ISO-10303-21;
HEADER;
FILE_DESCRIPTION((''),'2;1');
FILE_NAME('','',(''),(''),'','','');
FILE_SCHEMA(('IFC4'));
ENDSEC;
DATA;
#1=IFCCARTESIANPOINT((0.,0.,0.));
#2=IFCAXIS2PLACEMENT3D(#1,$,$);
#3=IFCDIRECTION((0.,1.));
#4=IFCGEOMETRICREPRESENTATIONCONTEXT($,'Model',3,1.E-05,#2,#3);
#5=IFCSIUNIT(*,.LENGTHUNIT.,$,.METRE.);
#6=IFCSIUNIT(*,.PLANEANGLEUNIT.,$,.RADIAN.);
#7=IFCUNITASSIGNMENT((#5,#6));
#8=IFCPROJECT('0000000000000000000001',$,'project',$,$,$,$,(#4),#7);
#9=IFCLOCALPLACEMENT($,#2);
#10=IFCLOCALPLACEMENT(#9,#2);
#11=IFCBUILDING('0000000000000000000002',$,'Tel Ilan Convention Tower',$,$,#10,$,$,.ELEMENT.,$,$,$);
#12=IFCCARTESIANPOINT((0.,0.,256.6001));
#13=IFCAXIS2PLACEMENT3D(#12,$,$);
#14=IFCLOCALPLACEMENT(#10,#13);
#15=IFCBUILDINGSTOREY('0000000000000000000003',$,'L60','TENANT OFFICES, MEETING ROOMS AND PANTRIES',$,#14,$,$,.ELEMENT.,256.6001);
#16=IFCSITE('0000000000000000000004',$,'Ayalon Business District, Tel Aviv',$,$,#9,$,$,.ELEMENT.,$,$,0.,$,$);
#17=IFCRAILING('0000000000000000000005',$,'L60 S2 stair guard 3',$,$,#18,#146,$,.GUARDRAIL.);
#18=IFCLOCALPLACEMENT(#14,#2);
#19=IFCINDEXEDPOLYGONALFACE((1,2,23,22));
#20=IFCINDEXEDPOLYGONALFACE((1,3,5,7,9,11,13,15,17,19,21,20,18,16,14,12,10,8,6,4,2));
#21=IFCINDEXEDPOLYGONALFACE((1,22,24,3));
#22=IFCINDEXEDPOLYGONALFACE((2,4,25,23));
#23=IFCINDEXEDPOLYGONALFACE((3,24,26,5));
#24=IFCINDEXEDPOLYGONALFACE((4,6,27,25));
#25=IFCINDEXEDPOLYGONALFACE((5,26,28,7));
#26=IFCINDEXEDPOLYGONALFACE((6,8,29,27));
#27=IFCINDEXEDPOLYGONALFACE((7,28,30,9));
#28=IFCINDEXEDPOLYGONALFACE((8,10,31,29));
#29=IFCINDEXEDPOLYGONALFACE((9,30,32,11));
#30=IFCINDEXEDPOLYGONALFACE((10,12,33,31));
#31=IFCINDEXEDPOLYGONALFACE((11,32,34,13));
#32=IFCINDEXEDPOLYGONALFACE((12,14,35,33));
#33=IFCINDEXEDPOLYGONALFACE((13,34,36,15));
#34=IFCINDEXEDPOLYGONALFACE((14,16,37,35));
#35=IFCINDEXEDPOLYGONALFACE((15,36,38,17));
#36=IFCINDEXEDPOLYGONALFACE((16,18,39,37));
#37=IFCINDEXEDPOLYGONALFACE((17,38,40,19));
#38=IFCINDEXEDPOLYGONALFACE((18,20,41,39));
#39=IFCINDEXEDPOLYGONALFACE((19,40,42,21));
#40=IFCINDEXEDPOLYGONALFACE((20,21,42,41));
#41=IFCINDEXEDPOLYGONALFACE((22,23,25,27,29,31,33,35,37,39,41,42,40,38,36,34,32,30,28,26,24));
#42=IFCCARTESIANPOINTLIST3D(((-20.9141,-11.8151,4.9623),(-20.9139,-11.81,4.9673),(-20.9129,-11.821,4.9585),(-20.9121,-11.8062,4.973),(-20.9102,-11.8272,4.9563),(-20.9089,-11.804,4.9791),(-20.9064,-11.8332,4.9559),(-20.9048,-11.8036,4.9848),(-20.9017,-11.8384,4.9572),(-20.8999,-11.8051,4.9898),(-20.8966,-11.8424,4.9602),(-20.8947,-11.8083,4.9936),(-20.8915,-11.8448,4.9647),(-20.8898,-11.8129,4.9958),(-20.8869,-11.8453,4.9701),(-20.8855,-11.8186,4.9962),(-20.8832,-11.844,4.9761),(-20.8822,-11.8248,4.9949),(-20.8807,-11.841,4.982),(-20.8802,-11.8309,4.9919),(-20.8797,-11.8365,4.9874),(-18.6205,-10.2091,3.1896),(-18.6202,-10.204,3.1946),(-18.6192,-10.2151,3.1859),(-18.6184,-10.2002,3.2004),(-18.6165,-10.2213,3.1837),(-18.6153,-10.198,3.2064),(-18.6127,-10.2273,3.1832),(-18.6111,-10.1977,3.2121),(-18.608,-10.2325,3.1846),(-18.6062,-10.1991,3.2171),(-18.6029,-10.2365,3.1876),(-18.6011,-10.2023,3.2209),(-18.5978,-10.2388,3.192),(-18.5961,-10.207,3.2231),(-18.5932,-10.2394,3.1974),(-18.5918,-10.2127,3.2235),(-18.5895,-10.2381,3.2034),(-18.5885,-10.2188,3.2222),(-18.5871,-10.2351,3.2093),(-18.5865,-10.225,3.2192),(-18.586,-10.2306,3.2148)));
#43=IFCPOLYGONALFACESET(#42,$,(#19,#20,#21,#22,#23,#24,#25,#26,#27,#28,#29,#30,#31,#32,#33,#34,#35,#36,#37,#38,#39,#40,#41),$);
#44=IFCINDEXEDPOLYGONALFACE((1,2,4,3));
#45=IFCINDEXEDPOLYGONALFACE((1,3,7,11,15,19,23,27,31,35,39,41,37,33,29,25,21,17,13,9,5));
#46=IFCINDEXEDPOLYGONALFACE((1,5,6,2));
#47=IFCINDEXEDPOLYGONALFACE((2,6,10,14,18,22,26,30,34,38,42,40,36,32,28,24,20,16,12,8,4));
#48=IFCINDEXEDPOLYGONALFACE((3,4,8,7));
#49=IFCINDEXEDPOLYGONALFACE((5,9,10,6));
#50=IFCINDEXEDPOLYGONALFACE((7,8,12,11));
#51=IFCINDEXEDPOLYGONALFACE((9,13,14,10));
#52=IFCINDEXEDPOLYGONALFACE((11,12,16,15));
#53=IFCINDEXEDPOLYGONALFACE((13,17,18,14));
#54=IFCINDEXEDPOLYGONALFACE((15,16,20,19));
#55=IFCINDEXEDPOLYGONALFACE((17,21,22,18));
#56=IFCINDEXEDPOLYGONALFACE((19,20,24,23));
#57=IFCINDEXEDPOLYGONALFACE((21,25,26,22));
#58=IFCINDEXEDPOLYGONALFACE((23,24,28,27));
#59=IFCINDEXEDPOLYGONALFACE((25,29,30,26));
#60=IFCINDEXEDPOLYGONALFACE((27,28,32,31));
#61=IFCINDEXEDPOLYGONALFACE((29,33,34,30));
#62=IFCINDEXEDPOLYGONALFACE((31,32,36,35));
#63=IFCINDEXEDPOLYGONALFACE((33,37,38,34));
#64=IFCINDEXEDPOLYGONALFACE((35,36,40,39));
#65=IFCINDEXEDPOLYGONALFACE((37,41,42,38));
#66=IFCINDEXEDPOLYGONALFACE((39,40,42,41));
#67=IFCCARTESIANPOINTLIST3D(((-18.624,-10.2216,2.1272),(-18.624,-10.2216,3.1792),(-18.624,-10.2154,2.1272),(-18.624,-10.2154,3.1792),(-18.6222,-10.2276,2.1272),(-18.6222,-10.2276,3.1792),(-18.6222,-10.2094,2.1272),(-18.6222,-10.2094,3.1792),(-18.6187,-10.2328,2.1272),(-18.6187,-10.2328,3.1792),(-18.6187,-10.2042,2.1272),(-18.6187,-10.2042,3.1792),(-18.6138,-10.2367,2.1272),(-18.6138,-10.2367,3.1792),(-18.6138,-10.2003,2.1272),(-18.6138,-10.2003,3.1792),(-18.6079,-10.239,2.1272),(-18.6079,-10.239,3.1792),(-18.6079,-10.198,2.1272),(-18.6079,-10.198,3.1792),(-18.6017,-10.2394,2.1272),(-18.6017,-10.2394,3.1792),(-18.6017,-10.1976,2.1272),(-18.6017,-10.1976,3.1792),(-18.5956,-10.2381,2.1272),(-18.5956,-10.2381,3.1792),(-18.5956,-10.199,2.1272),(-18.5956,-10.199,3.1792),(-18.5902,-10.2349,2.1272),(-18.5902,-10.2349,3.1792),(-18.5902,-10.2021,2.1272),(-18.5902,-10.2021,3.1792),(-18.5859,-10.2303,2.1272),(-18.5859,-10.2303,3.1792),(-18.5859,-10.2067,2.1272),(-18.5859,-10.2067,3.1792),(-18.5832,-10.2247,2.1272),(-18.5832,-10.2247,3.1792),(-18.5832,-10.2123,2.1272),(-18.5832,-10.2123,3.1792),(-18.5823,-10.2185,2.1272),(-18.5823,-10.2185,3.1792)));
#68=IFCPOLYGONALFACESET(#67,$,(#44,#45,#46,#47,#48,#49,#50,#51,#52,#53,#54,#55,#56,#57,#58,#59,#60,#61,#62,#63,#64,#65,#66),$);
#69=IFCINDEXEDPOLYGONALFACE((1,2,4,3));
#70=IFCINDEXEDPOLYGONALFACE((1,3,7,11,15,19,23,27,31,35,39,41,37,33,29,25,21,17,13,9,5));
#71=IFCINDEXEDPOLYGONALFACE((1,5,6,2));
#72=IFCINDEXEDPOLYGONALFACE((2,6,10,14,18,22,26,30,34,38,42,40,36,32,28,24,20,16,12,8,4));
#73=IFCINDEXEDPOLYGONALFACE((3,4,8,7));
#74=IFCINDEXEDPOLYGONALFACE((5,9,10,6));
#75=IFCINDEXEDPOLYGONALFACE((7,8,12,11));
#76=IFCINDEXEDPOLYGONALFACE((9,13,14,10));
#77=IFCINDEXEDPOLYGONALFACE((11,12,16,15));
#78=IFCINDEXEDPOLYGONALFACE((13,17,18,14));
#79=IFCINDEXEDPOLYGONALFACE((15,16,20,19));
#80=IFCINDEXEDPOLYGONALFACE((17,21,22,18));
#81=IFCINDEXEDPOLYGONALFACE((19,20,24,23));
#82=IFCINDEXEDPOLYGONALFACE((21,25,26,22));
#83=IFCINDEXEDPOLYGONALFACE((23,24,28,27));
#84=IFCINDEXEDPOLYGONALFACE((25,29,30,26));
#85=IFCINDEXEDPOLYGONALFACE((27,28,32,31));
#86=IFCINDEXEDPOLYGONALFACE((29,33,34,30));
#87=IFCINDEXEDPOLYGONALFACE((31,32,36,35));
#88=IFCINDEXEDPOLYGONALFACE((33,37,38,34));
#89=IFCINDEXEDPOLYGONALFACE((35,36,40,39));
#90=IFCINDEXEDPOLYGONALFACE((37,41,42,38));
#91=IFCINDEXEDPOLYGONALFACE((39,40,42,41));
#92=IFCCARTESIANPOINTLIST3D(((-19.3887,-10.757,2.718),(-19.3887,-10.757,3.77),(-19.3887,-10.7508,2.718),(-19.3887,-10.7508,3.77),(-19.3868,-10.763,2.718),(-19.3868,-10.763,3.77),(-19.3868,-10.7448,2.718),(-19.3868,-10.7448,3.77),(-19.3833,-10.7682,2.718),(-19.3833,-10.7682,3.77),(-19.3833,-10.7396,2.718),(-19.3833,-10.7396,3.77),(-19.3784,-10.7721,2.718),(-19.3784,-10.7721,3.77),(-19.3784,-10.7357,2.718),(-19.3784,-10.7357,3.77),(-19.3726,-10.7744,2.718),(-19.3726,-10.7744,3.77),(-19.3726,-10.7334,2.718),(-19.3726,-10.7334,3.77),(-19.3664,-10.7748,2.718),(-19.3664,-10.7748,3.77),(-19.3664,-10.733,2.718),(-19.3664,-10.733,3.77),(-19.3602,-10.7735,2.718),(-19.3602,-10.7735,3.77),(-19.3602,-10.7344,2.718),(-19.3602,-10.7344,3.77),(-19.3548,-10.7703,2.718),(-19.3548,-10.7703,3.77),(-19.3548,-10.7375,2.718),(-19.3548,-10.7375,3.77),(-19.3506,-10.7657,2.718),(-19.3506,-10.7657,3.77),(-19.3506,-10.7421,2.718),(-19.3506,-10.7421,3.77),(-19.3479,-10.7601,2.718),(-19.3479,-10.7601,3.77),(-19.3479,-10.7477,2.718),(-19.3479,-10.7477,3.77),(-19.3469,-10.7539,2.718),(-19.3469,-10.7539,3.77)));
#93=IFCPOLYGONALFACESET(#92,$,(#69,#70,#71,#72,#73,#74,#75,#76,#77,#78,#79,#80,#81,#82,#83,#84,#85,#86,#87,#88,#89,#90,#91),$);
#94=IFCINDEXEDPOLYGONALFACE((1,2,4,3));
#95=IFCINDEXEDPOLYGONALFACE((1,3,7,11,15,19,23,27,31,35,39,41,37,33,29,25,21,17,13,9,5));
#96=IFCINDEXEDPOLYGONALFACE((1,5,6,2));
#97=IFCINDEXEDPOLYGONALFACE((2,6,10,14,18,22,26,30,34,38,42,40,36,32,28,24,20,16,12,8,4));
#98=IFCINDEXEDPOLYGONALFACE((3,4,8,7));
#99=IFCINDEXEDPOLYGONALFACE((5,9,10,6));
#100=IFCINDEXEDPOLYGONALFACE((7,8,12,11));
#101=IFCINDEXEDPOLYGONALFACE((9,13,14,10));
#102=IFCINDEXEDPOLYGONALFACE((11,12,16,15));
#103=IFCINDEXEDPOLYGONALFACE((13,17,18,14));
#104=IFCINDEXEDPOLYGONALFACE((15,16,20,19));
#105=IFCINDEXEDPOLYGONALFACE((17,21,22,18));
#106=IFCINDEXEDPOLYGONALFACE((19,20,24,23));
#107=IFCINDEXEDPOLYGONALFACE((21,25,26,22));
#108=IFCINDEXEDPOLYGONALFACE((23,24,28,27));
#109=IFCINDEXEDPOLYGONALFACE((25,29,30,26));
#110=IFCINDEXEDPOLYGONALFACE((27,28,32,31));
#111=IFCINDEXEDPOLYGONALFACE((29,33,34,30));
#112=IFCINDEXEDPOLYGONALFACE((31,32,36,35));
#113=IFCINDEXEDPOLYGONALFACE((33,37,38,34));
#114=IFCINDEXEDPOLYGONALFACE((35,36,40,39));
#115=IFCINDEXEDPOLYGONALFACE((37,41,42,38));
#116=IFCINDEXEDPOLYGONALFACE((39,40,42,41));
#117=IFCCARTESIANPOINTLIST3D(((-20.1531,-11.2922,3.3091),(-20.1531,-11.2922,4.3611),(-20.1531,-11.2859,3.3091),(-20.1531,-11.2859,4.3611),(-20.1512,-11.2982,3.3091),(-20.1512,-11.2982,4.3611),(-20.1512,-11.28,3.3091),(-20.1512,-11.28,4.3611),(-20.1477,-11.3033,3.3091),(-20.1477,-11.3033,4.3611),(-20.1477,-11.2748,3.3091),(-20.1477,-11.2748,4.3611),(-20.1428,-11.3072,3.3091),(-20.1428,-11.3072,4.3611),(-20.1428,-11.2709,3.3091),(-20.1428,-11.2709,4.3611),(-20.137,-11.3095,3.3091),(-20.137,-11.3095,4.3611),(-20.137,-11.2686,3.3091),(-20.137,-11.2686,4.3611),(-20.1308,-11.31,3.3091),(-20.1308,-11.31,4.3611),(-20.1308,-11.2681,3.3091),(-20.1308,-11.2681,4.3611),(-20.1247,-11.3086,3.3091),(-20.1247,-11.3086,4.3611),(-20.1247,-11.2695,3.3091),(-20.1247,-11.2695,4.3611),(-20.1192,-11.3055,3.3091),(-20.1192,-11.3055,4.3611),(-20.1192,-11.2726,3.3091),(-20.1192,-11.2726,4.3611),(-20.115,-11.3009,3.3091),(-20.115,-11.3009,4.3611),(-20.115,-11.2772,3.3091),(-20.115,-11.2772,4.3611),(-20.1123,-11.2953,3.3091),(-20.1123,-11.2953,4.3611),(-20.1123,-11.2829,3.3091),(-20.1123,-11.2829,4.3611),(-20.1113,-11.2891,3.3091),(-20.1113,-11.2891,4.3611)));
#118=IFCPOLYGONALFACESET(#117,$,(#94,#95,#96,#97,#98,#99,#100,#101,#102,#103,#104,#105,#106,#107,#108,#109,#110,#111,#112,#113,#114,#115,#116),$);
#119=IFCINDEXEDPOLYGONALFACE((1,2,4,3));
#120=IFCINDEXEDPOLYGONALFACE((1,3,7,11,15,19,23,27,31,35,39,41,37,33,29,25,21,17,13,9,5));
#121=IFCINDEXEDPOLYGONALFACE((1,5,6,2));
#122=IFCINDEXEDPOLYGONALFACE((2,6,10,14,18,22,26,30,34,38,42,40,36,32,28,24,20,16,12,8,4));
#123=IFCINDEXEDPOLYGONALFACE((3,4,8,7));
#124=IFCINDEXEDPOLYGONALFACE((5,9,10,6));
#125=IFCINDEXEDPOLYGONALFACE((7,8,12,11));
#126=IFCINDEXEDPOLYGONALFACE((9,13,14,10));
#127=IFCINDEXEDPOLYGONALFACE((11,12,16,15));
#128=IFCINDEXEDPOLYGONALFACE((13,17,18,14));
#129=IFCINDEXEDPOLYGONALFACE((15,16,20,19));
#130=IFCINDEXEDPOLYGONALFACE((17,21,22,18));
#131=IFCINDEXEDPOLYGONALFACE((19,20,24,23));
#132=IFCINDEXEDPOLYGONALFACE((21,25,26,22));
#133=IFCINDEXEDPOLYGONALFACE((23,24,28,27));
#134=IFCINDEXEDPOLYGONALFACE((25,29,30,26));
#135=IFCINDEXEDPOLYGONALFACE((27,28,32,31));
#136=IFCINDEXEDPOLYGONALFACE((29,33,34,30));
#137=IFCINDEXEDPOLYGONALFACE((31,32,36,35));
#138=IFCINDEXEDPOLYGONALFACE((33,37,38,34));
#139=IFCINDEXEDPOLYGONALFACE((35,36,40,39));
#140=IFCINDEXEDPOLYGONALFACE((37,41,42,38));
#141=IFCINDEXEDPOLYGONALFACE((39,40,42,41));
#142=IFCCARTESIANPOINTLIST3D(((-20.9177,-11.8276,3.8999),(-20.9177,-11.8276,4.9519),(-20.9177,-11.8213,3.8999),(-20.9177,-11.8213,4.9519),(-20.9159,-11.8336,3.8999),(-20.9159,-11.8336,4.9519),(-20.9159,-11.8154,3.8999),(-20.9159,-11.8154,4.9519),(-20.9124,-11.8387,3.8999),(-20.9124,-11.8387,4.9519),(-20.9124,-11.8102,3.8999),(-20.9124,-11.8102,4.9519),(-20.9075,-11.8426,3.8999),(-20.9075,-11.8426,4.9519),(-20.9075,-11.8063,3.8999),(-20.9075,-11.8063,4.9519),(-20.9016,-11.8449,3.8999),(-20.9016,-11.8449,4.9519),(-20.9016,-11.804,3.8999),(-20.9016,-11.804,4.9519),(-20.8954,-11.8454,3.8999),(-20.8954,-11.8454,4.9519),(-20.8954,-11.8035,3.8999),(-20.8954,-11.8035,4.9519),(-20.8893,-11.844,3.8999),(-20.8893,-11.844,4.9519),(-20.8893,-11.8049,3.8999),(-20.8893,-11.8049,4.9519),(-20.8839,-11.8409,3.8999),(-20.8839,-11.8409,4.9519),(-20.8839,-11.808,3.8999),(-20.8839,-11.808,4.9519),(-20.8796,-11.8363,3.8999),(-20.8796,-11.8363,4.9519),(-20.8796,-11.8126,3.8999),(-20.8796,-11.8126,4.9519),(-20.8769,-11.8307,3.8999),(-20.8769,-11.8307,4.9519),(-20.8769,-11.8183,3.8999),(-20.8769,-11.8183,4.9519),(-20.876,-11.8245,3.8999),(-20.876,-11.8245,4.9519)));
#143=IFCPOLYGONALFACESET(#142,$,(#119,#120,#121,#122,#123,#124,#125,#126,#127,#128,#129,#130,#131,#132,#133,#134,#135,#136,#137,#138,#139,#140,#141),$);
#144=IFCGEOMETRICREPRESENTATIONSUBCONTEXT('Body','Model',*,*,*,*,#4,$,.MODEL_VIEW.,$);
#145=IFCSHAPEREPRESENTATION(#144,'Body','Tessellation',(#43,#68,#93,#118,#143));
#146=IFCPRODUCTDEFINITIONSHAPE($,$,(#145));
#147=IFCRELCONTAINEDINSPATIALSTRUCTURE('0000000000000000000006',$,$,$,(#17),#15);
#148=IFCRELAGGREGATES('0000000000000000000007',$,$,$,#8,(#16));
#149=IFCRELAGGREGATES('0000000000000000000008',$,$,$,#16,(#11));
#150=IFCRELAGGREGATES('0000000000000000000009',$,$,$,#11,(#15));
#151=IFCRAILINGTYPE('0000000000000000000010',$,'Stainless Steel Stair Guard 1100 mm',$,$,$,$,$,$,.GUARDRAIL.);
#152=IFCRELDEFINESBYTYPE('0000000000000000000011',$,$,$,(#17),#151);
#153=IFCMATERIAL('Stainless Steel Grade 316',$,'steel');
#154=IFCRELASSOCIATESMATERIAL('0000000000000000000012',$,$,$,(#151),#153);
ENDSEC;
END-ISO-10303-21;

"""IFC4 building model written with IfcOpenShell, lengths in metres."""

from ifc_helpers import new_model, si_unit, direction, frame, origin, origin_2d, place, context, subcontext, project, spatial, circle, extrude, material, type_object, element, save


model = new_model("IFC4")

# Units and contexts
model_context = context("Model", 3, precision=1e-05, world=origin(), true_north=direction((0.0, 1.0)))
body_context = subcontext(model_context, "Body", "Model", "MODEL_VIEW")
ifc_project = project(units=[si_unit("LENGTHUNIT", "METRE"), si_unit("PLANEANGLEUNIT", "RADIAN")], contexts=[model_context])

# Site, building, storey
site_placement = place(None, origin())
site = spatial("IfcSite", under=ifc_project, at=site_placement, Name="Ayalon Business District, Tel Aviv", CompositionType="ELEMENT", RefElevation=0.0)
building_placement = place(site_placement, origin())
building = spatial("IfcBuilding", under=site, at=building_placement, Name="Tel Ilan Convention Tower", CompositionType="ELEMENT")
storey_placement = place(building_placement, frame((0.0, 0.0, 256.6001)))
storey = spatial("IfcBuildingStorey", under=building, at=storey_placement, Name="L60", Description="TENANT OFFICES, MEETING ROOMS AND PANTRIES", CompositionType="ELEMENT", Elevation=256.6001)

# Railing
ifc_material_1 = material(Name="Stainless Steel Grade 316", Category="steel")
railing_type_1 = type_object("IfcRailingType", Name="Stainless Steel Stair Guard 1100 mm", PredefinedType="GUARDRAIL", material=ifc_material_1)
railing_1_placement = place(storey_placement, frame((-18.6033, -10.2185, 2.1272)))
element("IfcRailing", 1, at=railing_1_placement, inside=storey, type_object=railing_type_1, Name="L60 S2 stair guard 3", PredefinedType="GUARDRAIL", context=body_context, shape_type="SweptSolid", body=[
    extrude(circle(Radius=0.0239, at=origin_2d()), frame((0.0, 0.0, 1.0762), z_axis=(-0.692123, -0.484597, 0.534913), x_axis=(0.57355, -0.81917, 0.0)), (0.0, 0.0, 1.0), 3.314),
    extrude(circle(Radius=0.021, at=origin_2d()), origin(), (0.0, 0.0, 1.0), 1.052),
    extrude(circle(Radius=0.021, at=origin_2d()), frame((-0.7646, -0.5354, 0.5908)), (0.0, 0.0, 1.0), 1.052),
    extrude(circle(Radius=0.021, at=origin_2d()), frame((-1.5291, -1.0706, 1.1819)), (0.0, 0.0, 1.0), 1.052),
    extrude(circle(Radius=0.021, at=origin_2d()), frame((-2.2937, -1.606, 1.7727)), (0.0, 0.0, 1.0), 1.052),
])

save(model, "model.ifc")
